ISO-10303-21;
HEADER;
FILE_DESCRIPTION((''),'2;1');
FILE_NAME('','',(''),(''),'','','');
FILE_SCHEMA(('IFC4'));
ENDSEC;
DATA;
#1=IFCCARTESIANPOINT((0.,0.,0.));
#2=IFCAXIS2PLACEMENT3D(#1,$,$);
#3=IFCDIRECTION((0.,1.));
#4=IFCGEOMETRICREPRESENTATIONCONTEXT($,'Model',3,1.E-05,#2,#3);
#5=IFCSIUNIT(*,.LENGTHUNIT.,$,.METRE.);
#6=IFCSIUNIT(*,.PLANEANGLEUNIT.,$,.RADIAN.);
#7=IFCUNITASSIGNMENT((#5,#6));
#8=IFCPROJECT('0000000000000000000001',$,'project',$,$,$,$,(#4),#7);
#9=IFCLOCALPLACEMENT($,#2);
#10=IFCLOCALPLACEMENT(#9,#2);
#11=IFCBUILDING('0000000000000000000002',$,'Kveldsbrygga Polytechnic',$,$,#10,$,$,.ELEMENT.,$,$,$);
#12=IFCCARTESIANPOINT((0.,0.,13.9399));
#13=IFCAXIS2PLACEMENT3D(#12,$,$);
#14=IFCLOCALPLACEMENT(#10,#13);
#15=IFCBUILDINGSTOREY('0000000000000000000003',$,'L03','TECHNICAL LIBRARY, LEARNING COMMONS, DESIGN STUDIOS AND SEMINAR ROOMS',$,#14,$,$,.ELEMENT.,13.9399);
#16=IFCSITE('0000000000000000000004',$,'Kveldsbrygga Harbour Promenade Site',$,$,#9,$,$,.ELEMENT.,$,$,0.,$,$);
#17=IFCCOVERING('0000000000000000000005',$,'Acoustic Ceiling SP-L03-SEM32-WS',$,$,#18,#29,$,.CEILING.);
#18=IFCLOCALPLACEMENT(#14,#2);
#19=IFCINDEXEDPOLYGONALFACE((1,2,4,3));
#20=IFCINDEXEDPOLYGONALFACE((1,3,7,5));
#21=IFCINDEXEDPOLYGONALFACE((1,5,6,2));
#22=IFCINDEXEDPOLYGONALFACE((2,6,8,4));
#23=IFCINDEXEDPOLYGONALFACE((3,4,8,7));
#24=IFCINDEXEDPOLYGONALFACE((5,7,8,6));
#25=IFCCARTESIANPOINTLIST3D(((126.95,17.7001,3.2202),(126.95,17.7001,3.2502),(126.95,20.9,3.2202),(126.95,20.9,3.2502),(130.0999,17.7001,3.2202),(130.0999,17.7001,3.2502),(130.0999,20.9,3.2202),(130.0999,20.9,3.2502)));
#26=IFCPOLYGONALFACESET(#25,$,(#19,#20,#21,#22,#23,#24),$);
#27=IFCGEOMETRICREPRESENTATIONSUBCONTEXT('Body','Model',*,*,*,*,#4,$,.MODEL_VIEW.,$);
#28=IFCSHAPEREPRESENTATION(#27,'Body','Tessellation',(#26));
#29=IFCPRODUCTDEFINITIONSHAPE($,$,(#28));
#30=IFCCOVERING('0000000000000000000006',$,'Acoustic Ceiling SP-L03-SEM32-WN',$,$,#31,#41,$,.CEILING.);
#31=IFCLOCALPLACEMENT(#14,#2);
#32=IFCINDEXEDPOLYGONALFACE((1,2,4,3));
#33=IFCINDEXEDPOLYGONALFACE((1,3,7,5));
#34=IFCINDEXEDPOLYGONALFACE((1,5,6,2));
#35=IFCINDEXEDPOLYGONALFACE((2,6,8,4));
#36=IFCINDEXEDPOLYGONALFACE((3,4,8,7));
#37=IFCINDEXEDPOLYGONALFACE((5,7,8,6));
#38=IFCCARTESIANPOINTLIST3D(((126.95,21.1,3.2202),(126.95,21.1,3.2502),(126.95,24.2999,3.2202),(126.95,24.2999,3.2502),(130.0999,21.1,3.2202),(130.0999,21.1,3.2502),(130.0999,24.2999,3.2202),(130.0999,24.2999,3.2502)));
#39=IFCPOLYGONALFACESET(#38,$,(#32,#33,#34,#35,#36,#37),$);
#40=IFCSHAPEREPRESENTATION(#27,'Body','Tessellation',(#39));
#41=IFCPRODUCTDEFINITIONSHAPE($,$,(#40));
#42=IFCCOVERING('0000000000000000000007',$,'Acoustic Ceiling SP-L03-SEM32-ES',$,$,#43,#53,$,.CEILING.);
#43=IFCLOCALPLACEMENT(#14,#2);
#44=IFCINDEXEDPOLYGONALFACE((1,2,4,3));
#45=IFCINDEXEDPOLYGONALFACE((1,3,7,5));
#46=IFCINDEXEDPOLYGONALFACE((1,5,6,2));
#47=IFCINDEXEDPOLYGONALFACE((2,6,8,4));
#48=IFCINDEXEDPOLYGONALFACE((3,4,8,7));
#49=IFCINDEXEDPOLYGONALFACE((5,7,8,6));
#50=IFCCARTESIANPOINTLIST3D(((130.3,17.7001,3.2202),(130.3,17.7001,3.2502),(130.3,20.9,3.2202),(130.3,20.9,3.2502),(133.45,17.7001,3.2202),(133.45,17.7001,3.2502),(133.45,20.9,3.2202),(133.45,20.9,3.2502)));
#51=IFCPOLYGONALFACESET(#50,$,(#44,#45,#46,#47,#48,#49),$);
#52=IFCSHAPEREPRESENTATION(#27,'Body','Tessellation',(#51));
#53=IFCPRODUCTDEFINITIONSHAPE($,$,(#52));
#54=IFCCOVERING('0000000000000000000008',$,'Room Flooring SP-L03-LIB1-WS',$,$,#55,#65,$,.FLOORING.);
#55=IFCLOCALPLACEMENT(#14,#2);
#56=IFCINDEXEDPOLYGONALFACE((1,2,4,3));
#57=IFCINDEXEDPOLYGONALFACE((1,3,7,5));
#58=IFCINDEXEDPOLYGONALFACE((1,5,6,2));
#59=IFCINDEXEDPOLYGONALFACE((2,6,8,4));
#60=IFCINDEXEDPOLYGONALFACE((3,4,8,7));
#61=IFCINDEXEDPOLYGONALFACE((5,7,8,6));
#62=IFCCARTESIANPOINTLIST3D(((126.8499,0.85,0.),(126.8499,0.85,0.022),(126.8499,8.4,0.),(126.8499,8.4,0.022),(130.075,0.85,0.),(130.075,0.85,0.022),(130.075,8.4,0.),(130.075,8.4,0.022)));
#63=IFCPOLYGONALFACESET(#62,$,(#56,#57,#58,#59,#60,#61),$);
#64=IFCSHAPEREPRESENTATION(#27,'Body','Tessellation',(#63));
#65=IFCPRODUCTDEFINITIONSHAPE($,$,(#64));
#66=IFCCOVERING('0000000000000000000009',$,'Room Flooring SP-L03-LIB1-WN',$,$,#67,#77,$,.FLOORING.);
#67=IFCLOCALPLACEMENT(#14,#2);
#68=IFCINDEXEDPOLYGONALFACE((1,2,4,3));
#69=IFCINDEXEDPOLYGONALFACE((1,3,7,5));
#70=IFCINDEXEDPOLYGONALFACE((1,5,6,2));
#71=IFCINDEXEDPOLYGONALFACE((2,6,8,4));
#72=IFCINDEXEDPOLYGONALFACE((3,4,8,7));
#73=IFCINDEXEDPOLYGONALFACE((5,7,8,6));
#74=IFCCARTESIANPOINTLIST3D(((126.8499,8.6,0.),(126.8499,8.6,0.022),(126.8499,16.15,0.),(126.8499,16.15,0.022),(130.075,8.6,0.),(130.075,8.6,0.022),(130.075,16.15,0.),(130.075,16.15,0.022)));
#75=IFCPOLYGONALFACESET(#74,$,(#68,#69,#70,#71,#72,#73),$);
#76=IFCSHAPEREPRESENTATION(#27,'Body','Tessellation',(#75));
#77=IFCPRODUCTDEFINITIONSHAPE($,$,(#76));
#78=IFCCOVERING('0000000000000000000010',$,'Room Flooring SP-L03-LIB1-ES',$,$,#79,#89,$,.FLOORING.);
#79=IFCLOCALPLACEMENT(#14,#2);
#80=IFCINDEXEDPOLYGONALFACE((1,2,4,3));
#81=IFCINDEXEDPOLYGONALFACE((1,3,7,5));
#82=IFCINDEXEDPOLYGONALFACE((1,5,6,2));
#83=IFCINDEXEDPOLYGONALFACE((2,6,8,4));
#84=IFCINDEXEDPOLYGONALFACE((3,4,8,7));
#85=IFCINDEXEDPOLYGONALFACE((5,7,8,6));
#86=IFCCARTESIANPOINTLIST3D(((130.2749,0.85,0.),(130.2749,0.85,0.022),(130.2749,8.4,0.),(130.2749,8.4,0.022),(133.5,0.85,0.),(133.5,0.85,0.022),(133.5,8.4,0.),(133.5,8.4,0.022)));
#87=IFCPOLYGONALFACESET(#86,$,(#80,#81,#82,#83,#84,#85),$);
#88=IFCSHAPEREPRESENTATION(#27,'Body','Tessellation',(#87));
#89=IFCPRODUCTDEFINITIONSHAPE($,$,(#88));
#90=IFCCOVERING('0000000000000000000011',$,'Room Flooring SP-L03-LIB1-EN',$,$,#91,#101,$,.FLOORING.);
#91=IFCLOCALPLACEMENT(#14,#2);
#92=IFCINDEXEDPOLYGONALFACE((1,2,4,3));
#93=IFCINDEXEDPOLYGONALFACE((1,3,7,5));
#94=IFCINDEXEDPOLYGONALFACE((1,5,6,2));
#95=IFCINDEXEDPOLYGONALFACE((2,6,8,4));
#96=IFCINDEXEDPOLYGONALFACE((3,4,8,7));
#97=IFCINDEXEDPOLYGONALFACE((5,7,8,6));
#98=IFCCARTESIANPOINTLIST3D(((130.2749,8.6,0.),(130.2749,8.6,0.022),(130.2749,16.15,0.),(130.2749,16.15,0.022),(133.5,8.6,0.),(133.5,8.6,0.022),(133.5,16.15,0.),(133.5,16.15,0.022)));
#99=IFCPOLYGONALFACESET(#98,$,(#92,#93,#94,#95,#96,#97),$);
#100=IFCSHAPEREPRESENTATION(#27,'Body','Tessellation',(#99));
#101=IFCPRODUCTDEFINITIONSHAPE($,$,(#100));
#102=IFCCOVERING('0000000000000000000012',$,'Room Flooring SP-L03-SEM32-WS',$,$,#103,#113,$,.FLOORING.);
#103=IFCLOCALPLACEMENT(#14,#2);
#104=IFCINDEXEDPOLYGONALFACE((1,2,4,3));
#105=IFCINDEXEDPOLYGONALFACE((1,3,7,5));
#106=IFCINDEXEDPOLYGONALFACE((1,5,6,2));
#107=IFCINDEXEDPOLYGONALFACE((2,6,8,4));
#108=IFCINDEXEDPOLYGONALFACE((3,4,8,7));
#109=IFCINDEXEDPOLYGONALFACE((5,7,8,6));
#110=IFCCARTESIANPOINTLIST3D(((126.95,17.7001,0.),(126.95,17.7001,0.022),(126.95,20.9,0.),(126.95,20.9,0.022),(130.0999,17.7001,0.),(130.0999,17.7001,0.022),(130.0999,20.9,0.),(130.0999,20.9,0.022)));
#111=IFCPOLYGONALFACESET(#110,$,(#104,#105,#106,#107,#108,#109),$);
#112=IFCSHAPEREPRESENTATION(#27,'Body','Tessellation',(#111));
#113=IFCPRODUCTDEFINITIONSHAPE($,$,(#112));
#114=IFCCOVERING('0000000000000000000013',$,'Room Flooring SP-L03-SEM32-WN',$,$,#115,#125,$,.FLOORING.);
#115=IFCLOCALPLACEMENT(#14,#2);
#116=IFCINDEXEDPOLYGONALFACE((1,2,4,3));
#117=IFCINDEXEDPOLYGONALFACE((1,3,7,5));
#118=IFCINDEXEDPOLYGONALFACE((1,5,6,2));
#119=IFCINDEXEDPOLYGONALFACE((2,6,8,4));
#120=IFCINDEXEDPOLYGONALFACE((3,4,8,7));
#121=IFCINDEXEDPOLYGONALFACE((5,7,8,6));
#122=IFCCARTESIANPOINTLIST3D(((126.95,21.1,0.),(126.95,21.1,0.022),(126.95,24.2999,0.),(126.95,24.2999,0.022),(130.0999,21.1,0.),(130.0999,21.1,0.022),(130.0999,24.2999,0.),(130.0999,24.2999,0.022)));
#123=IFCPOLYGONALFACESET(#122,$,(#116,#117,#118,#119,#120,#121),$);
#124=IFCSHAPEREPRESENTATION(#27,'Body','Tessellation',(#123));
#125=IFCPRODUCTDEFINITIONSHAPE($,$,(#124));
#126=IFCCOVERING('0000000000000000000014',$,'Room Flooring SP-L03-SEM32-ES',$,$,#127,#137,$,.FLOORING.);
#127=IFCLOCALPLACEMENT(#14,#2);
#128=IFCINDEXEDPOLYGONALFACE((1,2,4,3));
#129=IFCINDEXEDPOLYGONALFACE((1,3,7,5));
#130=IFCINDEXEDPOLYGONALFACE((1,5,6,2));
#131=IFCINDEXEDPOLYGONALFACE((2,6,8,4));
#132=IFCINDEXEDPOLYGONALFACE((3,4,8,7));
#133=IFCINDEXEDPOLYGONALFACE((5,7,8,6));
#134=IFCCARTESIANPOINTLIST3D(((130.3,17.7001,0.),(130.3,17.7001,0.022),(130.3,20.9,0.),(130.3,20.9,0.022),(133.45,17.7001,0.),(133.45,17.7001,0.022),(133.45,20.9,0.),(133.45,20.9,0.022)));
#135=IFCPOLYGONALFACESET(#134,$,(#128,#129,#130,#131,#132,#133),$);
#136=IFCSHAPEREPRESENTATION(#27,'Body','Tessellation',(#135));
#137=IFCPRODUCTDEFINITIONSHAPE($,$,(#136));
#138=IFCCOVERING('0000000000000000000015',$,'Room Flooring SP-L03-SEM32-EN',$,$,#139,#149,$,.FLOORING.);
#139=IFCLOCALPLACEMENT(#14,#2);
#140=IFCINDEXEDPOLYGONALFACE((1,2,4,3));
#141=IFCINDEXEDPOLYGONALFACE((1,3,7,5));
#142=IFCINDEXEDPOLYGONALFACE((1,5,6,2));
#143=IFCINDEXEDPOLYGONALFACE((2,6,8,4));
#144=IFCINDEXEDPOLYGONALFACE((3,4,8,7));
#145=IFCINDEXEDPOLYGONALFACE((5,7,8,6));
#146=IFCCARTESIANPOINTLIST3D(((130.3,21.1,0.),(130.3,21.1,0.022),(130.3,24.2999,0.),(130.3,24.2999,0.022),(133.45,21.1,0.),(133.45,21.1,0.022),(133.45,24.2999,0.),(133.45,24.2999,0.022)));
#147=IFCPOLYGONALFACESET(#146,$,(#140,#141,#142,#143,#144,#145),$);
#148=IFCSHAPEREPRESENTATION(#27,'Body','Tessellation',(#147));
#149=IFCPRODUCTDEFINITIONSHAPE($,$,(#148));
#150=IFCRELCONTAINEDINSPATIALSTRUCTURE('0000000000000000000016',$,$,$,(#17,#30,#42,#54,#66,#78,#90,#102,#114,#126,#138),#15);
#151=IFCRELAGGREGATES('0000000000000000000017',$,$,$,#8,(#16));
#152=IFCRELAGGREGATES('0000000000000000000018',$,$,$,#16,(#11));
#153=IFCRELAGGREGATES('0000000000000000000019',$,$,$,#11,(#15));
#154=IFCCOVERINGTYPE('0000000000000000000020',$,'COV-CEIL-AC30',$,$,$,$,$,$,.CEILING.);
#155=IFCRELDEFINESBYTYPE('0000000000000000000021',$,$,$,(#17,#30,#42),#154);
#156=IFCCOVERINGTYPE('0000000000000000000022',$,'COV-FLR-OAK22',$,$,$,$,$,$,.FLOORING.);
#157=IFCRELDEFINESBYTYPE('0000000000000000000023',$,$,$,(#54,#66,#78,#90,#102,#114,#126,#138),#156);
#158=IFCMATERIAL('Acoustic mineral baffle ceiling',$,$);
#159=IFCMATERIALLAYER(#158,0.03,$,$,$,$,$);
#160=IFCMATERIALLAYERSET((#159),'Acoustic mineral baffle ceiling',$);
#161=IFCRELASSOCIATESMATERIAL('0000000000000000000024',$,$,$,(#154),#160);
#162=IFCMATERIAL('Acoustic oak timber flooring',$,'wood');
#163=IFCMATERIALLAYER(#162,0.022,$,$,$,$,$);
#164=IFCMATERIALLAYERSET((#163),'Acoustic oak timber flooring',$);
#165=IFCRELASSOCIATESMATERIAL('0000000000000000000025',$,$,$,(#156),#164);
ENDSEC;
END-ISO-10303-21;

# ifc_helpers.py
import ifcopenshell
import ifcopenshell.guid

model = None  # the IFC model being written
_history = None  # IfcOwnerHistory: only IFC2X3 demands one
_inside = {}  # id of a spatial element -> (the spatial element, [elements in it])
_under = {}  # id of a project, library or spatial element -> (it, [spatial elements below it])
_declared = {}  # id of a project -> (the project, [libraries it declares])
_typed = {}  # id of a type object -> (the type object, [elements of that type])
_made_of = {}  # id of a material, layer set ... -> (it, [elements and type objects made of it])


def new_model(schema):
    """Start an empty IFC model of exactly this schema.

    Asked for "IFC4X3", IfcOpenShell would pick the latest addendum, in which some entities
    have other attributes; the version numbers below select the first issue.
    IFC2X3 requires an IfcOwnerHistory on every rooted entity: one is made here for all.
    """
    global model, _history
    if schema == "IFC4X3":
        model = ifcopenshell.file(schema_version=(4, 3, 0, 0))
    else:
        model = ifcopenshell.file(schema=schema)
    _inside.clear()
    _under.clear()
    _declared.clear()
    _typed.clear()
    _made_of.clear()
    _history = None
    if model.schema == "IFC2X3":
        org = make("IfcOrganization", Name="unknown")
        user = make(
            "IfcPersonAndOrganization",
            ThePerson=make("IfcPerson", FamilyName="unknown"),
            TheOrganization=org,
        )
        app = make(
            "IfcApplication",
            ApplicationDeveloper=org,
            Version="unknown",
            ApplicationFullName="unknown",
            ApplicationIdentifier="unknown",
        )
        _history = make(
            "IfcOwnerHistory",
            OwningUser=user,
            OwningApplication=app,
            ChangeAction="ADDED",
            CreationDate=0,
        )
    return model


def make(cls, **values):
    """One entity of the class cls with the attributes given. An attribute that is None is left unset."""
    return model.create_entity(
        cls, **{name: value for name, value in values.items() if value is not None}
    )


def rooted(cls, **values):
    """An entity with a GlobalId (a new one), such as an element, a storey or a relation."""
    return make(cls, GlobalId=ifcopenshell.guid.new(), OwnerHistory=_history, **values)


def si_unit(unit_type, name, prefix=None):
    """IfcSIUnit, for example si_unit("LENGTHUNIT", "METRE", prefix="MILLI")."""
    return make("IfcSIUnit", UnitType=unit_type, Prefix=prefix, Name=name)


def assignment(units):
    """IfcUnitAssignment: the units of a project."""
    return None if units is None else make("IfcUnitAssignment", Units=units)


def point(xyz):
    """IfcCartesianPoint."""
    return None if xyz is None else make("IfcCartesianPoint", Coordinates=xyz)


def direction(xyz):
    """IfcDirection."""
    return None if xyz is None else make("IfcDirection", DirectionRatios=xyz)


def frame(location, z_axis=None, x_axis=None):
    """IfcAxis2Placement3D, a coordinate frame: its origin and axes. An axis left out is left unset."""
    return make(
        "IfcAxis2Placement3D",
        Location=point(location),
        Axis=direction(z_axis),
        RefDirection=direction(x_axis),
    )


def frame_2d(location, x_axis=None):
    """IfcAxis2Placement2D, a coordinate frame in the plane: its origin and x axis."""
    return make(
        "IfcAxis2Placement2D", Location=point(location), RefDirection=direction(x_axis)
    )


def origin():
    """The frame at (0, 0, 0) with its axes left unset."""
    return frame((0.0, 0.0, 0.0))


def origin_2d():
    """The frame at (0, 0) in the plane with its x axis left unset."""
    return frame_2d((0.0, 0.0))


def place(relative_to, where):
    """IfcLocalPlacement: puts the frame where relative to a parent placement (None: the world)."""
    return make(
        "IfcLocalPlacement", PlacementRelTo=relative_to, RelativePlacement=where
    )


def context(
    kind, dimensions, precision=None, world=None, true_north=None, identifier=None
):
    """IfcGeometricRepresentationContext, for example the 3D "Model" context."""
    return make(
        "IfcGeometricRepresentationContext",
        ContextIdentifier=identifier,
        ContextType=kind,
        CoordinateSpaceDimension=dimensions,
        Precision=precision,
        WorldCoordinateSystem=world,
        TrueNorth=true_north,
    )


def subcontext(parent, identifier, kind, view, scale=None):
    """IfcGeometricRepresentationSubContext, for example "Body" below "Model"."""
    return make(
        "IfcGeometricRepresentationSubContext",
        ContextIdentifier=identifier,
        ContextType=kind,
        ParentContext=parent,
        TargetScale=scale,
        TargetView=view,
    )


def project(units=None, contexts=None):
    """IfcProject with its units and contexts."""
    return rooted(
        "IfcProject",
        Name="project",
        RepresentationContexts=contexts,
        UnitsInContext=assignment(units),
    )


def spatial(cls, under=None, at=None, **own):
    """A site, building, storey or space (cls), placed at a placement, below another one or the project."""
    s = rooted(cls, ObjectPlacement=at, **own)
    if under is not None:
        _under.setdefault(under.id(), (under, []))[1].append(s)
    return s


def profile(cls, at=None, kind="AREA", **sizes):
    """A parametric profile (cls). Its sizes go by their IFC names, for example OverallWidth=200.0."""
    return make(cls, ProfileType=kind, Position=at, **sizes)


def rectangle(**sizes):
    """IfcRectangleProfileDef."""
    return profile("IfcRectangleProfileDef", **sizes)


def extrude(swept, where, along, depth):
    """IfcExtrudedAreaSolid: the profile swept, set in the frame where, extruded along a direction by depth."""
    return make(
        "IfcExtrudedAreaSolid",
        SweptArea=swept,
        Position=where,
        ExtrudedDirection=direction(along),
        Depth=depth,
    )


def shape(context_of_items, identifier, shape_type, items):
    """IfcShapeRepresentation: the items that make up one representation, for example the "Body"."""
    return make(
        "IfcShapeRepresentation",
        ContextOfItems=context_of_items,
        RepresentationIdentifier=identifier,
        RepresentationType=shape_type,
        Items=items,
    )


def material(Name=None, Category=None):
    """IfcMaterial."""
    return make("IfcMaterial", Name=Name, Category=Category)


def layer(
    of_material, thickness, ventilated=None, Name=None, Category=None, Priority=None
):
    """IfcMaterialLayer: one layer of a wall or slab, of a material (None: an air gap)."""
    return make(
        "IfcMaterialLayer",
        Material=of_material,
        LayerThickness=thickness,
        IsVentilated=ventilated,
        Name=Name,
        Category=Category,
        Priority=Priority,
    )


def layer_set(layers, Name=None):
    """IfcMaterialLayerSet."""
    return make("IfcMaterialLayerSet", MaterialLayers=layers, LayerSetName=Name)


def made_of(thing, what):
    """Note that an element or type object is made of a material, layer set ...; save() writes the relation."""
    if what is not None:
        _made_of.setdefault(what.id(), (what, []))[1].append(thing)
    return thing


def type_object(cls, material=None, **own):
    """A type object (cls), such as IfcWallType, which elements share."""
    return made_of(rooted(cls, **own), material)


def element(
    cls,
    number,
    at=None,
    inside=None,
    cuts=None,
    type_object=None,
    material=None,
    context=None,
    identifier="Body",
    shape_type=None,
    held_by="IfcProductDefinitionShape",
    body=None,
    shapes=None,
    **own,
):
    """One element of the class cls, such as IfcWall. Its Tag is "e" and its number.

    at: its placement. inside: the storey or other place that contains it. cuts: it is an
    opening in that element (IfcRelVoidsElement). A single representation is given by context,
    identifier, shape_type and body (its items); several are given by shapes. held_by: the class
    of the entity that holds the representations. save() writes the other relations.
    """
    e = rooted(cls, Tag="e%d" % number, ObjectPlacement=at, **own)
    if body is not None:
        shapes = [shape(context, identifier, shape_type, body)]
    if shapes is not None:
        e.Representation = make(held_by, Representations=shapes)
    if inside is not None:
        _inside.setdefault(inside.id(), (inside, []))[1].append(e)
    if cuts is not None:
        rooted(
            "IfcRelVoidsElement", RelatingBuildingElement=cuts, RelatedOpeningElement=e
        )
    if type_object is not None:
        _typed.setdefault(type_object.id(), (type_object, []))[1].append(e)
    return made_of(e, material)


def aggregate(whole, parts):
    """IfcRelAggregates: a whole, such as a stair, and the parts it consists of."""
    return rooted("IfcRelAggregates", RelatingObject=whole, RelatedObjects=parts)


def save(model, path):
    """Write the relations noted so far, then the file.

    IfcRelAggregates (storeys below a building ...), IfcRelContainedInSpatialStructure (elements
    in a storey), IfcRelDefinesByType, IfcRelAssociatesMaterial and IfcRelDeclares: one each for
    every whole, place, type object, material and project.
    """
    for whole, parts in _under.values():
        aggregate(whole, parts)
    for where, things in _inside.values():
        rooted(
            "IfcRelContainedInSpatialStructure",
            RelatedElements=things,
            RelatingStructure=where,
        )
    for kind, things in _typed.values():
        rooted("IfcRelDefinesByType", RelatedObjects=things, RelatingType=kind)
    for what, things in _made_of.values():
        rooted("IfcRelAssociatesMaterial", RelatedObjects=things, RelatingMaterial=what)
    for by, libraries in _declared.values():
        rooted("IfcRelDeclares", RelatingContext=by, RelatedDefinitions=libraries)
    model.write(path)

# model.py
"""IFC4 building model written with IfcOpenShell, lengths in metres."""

from ifc_helpers import new_model, si_unit, direction, frame, origin, origin_2d, place, context, subcontext, project, spatial, rectangle, extrude, material, layer, layer_set, type_object, element, save


model = new_model("IFC4")

# Units and contexts
model_context = context("Model", 3, precision=1e-05, world=origin(), true_north=direction((0.0, 1.0)))
body_context = subcontext(model_context, "Body", "Model", "MODEL_VIEW")
ifc_project = project(units=[si_unit("LENGTHUNIT", "METRE"), si_unit("PLANEANGLEUNIT", "RADIAN")], contexts=[model_context])

# Site, building, storey
site_placement = place(None, origin())
site = spatial("IfcSite", under=ifc_project, at=site_placement, Name="Kveldsbrygga Harbour Promenade Site", CompositionType="ELEMENT", RefElevation=0.0)
building_placement = place(site_placement, origin())
building = spatial("IfcBuilding", under=site, at=building_placement, Name="Kveldsbrygga Polytechnic", CompositionType="ELEMENT")
storey_placement = place(building_placement, frame((0.0, 0.0, 13.9399)))
storey = spatial("IfcBuildingStorey", under=building, at=storey_placement, Name="L03", Description="TECHNICAL LIBRARY, LEARNING COMMONS, DESIGN STUDIOS AND SEMINAR ROOMS", CompositionType="ELEMENT", Elevation=13.9399)

# Coverings
ifc_material_1 = material(Name="Acoustic mineral baffle ceiling")
ifc_layer_1 = layer(ifc_material_1, 0.03)
ifc_layer_set_1 = layer_set([ifc_layer_1], Name="Acoustic mineral baffle ceiling")
covering_type_1 = type_object("IfcCoveringType", Name="COV-CEIL-AC30", PredefinedType="CEILING", material=ifc_layer_set_1)
for number, where, z_axis, x_axis, name in (
    (1, (128.5249, 19.3, 3.2202), (0.0, 0.0, 1.0), (1.0, 0.0, 0.0), "Acoustic Ceiling SP-L03-SEM32-WS"),
    (2, (128.5249, 22.7, 3.2202), (0.0, 0.0, 1.0), (1.0, 0.0, 0.0), "Acoustic Ceiling SP-L03-SEM32-WN"),
    (3, (131.875, 19.3, 3.2202), (0.0, 0.0, 1.0), (1.0, 0.0, 0.0), "Acoustic Ceiling SP-L03-SEM32-ES"),
):
    element("IfcCovering", number, at=place(storey_placement, frame(where, z_axis=z_axis, x_axis=x_axis)), inside=storey, type_object=covering_type_1, Name=name, PredefinedType="CEILING", context=body_context, shape_type="SweptSolid", body=[
        extrude(rectangle(XDim=3.1499, YDim=3.2, at=origin_2d()), origin(), (0.0, 0.0, 1.0), 0.03),
    ])
ifc_material_2 = material(Name="Acoustic oak timber flooring", Category="wood")
ifc_layer_2 = layer(ifc_material_2, 0.022)
ifc_layer_set_2 = layer_set([ifc_layer_2], Name="Acoustic oak timber flooring")
covering_type_2 = type_object("IfcCoveringType", Name="COV-FLR-OAK22", PredefinedType="FLOORING", material=ifc_layer_set_2)
for number, where, z_axis, x_axis, name in (
    (4, (128.4624, 4.625, 0.0), (0.0, 0.0, 1.0), (1.0, 0.0, 0.0), "Room Flooring SP-L03-LIB1-WS"),
    (5, (128.4624, 12.375, 0.0), (0.0, 0.0, 1.0), (1.0, 0.0, 0.0), "Room Flooring SP-L03-LIB1-WN"),
    (6, (131.8875, 4.625, 0.0), (0.0, 0.0, 1.0), (1.0, 0.0, 0.0), "Room Flooring SP-L03-LIB1-ES"),
    (7, (131.8875, 12.375, 0.0), (0.0, 0.0, 1.0), (1.0, 0.0, 0.0), "Room Flooring SP-L03-LIB1-EN"),
):
    element("IfcCovering", number, at=place(storey_placement, frame(where, z_axis=z_axis, x_axis=x_axis)), inside=storey, type_object=covering_type_2, Name=name, PredefinedType="FLOORING", context=body_context, shape_type="SweptSolid", body=[
        extrude(rectangle(XDim=3.2251, YDim=7.55, at=origin_2d()), origin(), (0.0, 0.0, 1.0), 0.022),
    ])
for number, where, z_axis, x_axis, name in (
    (8, (128.5249, 19.3, 0.0), (0.0, 0.0, 1.0), (1.0, 0.0, 0.0), "Room Flooring SP-L03-SEM32-WS"),
    (9, (128.5249, 22.7, 0.0), (0.0, 0.0, 1.0), (1.0, 0.0, 0.0), "Room Flooring SP-L03-SEM32-WN"),
    (10, (131.875, 19.3, 0.0), (0.0, 0.0, 1.0), (1.0, 0.0, 0.0), "Room Flooring SP-L03-SEM32-ES"),
    (11, (131.875, 22.7, 0.0), (0.0, 0.0, 1.0), (1.0, 0.0, 0.0), "Room Flooring SP-L03-SEM32-EN"),
):
    element("IfcCovering", number, at=place(storey_placement, frame(where, z_axis=z_axis, x_axis=x_axis)), inside=storey, type_object=covering_type_2, Name=name, PredefinedType="FLOORING", context=body_context, shape_type="SweptSolid", body=[
        extrude(rectangle(XDim=3.1499, YDim=3.2, at=origin_2d()), origin(), (0.0, 0.0, 1.0), 0.022),
    ])

save(model, "model.ifc")
